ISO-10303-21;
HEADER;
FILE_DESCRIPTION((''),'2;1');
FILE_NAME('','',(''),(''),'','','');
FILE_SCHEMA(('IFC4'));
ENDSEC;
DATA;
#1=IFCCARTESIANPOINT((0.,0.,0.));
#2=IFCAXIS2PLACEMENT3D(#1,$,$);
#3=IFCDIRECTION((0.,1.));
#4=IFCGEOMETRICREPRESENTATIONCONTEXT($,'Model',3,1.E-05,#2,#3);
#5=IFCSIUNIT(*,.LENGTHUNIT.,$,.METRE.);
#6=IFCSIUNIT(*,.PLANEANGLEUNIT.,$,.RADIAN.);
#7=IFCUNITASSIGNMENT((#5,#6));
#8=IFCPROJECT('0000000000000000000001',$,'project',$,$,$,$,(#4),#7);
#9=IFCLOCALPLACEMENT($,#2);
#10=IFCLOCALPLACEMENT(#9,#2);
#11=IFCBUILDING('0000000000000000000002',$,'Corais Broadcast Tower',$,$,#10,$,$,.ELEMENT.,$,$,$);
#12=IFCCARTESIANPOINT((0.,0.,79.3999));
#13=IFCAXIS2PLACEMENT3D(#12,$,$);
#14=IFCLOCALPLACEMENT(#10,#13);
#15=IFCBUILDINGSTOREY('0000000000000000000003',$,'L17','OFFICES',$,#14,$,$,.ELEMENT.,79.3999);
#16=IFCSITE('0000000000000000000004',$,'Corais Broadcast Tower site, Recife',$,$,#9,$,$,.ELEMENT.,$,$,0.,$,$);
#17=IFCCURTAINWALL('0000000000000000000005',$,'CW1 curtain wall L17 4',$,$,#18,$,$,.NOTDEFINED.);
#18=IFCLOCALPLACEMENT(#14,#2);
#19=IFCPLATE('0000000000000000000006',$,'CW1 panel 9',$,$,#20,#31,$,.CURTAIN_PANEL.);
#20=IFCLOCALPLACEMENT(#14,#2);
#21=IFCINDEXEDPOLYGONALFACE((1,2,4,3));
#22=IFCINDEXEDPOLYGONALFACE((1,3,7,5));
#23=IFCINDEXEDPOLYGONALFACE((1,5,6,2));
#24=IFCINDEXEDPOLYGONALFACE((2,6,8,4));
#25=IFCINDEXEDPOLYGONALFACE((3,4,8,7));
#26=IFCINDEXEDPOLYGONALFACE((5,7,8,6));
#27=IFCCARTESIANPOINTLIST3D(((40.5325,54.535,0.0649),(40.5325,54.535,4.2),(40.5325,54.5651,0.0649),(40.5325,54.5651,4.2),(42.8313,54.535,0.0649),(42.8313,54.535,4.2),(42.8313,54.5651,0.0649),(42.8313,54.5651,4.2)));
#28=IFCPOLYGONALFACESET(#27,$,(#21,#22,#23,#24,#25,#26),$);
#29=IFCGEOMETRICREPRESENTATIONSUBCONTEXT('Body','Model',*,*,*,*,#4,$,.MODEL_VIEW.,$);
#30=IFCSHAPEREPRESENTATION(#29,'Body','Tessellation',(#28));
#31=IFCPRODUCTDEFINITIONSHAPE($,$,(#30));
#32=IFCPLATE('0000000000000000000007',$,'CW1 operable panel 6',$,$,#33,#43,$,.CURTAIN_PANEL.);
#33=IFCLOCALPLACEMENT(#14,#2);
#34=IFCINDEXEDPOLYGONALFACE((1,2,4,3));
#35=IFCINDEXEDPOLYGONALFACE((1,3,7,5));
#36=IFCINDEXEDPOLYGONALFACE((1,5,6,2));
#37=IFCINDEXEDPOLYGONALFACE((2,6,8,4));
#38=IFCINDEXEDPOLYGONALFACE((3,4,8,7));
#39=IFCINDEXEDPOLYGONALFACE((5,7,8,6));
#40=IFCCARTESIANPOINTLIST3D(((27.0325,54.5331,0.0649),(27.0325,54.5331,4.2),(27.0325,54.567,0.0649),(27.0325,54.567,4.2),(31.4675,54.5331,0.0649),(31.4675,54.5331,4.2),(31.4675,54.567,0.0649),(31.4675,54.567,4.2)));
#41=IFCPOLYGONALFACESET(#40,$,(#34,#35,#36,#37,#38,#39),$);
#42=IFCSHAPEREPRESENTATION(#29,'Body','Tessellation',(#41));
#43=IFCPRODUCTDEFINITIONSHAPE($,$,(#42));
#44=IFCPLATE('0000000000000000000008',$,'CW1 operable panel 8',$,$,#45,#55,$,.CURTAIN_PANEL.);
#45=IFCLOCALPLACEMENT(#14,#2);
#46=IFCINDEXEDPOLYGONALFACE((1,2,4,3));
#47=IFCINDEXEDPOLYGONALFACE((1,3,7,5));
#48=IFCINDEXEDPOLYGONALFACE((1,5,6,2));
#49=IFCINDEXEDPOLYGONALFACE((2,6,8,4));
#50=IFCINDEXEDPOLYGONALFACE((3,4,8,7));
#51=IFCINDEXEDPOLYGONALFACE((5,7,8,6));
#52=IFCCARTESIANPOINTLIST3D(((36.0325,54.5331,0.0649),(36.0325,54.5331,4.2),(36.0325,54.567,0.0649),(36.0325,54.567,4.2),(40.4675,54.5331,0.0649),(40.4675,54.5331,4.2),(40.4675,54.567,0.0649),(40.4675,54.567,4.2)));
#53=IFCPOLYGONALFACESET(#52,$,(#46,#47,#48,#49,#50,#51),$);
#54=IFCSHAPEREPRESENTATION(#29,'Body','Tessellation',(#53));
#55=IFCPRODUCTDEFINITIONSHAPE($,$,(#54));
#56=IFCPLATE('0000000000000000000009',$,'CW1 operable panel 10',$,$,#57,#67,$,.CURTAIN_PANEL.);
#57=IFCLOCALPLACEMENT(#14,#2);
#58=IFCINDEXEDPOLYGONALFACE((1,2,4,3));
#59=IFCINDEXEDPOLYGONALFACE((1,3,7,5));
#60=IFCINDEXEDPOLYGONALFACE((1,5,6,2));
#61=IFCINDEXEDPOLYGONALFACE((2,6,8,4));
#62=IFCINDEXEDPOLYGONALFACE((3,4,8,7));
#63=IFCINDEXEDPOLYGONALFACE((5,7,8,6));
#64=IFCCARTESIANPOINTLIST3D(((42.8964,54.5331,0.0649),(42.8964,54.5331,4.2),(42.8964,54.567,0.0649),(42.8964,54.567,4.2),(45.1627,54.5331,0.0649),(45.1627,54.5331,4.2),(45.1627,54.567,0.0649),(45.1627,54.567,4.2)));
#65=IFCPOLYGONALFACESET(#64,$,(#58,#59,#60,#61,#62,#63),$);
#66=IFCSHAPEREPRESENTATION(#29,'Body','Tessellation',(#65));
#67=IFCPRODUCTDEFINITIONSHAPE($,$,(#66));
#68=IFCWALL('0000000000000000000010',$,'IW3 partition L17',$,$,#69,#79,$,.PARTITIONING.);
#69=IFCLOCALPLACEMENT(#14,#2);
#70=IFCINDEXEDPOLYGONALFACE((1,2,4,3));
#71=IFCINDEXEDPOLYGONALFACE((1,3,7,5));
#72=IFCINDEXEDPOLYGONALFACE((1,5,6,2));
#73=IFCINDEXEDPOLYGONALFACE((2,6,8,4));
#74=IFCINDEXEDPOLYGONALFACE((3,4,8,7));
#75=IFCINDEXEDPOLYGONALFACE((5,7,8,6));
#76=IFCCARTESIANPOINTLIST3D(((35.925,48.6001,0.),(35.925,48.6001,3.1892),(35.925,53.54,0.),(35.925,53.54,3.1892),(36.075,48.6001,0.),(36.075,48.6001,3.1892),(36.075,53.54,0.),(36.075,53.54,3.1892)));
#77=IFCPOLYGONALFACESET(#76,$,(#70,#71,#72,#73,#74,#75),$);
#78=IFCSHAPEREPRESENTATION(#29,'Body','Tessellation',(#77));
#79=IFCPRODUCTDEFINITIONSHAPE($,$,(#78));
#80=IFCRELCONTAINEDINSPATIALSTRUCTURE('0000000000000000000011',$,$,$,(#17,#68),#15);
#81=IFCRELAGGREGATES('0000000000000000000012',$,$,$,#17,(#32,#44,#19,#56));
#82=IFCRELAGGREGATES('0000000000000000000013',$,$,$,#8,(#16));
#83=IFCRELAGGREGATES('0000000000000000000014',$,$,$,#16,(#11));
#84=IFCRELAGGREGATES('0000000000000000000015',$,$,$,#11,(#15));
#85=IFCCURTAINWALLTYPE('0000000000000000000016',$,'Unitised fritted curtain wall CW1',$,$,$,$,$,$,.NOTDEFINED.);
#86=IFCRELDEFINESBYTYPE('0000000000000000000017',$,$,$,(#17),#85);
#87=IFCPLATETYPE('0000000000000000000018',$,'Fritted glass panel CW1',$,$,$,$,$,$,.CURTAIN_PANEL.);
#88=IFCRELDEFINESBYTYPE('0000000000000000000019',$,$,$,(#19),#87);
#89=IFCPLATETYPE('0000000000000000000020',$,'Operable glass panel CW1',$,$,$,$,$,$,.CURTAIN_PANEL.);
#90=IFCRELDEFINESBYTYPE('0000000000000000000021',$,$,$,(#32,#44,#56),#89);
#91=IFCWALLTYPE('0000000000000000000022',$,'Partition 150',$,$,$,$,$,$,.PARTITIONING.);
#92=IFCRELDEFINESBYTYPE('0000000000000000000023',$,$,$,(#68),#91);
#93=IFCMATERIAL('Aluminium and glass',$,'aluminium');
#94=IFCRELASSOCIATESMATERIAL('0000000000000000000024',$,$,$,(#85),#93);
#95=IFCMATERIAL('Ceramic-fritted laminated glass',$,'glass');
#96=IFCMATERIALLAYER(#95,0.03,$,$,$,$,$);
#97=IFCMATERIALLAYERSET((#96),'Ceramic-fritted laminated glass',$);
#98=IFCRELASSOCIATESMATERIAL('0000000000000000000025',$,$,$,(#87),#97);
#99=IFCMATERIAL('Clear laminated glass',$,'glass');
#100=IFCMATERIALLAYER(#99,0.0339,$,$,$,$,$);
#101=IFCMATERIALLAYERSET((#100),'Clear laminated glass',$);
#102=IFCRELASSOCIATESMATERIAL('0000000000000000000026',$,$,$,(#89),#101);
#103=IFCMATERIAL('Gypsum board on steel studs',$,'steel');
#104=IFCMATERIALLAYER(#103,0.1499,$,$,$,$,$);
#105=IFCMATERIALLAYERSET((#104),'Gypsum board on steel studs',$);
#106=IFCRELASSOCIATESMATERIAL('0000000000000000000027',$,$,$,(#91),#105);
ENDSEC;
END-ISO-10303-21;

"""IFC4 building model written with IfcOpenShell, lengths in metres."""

from ifc_helpers import new_model, si_unit, direction, frame, frame_2d, origin, origin_2d, place, context, subcontext, project, spatial, rectangle, extrude, material, layer, layer_set, type_object, element, aggregate, save


model = new_model("IFC4")

# Units and contexts
model_context = context("Model", 3, precision=1e-05, world=origin(), true_north=direction((0.0, 1.0)))
body_context = subcontext(model_context, "Body", "Model", "MODEL_VIEW")
ifc_project = project(units=[si_unit("LENGTHUNIT", "METRE"), si_unit("PLANEANGLEUNIT", "RADIAN")], contexts=[model_context])

# Site, building, storey
site_placement = place(None, origin())
site = spatial("IfcSite", under=ifc_project, at=site_placement, Name="Corais Broadcast Tower site, Recife", CompositionType="ELEMENT", RefElevation=0.0)
building_placement = place(site_placement, origin())
building = spatial("IfcBuilding", under=site, at=building_placement, Name="Corais Broadcast Tower", CompositionType="ELEMENT")
storey_placement = place(building_placement, frame((0.0, 0.0, 79.3999)))
storey = spatial("IfcBuildingStorey", under=building, at=storey_placement, Name="L17", Description="OFFICES", CompositionType="ELEMENT", Elevation=79.3999)

# Curtain wall
ifc_material_1 = material(Name="Aluminium and glass", Category="aluminium")
curtain_wall_type = type_object("IfcCurtainWallType", Name="Unitised fritted curtain wall CW1", PredefinedType="NOTDEFINED", material=ifc_material_1)
curtain_wall_placement = place(storey_placement, origin())
curtain_wall = element("IfcCurtainWall", 1, at=curtain_wall_placement, inside=storey, type_object=curtain_wall_type, Name="CW1 curtain wall L17 4", PredefinedType="NOTDEFINED")

# Plates
ifc_material_2 = material(Name="Ceramic-fritted laminated glass", Category="glass")
ifc_layer_1 = layer(ifc_material_2, 0.03)
ifc_layer_set_1 = layer_set([ifc_layer_1], Name="Ceramic-fritted laminated glass")
plate_type_1 = type_object("IfcPlateType", Name="Fritted glass panel CW1", PredefinedType="CURTAIN_PANEL", material=ifc_layer_set_1)
plate_1_placement = place(storey_placement, frame((41.6819, 54.55, 0.0649), z_axis=(0.0, 0.0, 1.0), x_axis=(1.0, 0.0, 0.0)))
plate_1 = element("IfcPlate", 2, at=plate_1_placement, type_object=plate_type_1, Name="CW1 panel 9", PredefinedType="CURTAIN_PANEL", context=body_context, shape_type="SweptSolid", body=[
    extrude(rectangle(XDim=2.2988, YDim=0.03, at=origin_2d()), origin(), (0.0, 0.0, 1.0), 4.135),
])
ifc_material_3 = material(Name="Clear laminated glass", Category="glass")
ifc_layer_2 = layer(ifc_material_3, 0.0339)
ifc_layer_set_2 = layer_set([ifc_layer_2], Name="Clear laminated glass")
plate_type_2 = type_object("IfcPlateType", Name="Operable glass panel CW1", PredefinedType="CURTAIN_PANEL", material=ifc_layer_set_2)
plate_2_placement = place(storey_placement, frame((29.25, 54.55, 0.0649), z_axis=(0.0, 0.0, 1.0), x_axis=(1.0, 0.0, 0.0)))
plate_2 = element("IfcPlate", 3, at=plate_2_placement, type_object=plate_type_2, Name="CW1 operable panel 6", PredefinedType="CURTAIN_PANEL", context=body_context, shape_type="SweptSolid", body=[
    extrude(rectangle(XDim=4.4351, YDim=0.0339, at=origin_2d()), origin(), (0.0, 0.0, 1.0), 4.135),
])
plate_3_placement = place(storey_placement, frame((38.25, 54.55, 0.0649), z_axis=(0.0, 0.0, 1.0), x_axis=(1.0, 0.0, 0.0)))
plate_3 = element("IfcPlate", 4, at=plate_3_placement, type_object=plate_type_2, Name="CW1 operable panel 8", PredefinedType="CURTAIN_PANEL", context=body_context, shape_type="SweptSolid", body=[
    extrude(rectangle(XDim=4.4351, YDim=0.0339, at=origin_2d()), origin(), (0.0, 0.0, 1.0), 4.135),
])
plate_4_placement = place(storey_placement, frame((44.0295, 54.55, 0.0649), z_axis=(0.0, 0.0, 1.0), x_axis=(1.0, 0.0, 0.0)))
plate_4 = element("IfcPlate", 5, at=plate_4_placement, type_object=plate_type_2, Name="CW1 operable panel 10", PredefinedType="CURTAIN_PANEL", context=body_context, shape_type="SweptSolid", body=[
    extrude(rectangle(XDim=2.2664, YDim=0.0339, at=origin_2d()), origin(), (0.0, 0.0, 1.0), 4.135),
])
aggregate(curtain_wall, [plate_2, plate_3, plate_1, plate_4])

# Wall
ifc_material_4 = material(Name="Gypsum board on steel studs", Category="steel")
ifc_layer_3 = layer(ifc_material_4, 0.1499)
ifc_layer_set_3 = layer_set([ifc_layer_3], Name="Gypsum board on steel studs")
wall_type = type_object("IfcWallType", Name="Partition 150", PredefinedType="PARTITIONING", material=ifc_layer_set_3)
wall_placement = place(storey_placement, frame((36.0, 48.6001, 0.0), z_axis=(0.0, 0.0, 1.0), x_axis=(0.0, 1.0, 0.0)))
element("IfcWall", 6, at=wall_placement, inside=storey, type_object=wall_type, Name="IW3 partition L17", PredefinedType="PARTITIONING", context=body_context, shape_type="SweptSolid", body=[
    extrude(rectangle(XDim=4.9399, YDim=0.1499, at=frame_2d((2.47, 0.0))), origin(), (0.0, 0.0, 1.0), 3.1892),
])

save(model, "model.ifc")
